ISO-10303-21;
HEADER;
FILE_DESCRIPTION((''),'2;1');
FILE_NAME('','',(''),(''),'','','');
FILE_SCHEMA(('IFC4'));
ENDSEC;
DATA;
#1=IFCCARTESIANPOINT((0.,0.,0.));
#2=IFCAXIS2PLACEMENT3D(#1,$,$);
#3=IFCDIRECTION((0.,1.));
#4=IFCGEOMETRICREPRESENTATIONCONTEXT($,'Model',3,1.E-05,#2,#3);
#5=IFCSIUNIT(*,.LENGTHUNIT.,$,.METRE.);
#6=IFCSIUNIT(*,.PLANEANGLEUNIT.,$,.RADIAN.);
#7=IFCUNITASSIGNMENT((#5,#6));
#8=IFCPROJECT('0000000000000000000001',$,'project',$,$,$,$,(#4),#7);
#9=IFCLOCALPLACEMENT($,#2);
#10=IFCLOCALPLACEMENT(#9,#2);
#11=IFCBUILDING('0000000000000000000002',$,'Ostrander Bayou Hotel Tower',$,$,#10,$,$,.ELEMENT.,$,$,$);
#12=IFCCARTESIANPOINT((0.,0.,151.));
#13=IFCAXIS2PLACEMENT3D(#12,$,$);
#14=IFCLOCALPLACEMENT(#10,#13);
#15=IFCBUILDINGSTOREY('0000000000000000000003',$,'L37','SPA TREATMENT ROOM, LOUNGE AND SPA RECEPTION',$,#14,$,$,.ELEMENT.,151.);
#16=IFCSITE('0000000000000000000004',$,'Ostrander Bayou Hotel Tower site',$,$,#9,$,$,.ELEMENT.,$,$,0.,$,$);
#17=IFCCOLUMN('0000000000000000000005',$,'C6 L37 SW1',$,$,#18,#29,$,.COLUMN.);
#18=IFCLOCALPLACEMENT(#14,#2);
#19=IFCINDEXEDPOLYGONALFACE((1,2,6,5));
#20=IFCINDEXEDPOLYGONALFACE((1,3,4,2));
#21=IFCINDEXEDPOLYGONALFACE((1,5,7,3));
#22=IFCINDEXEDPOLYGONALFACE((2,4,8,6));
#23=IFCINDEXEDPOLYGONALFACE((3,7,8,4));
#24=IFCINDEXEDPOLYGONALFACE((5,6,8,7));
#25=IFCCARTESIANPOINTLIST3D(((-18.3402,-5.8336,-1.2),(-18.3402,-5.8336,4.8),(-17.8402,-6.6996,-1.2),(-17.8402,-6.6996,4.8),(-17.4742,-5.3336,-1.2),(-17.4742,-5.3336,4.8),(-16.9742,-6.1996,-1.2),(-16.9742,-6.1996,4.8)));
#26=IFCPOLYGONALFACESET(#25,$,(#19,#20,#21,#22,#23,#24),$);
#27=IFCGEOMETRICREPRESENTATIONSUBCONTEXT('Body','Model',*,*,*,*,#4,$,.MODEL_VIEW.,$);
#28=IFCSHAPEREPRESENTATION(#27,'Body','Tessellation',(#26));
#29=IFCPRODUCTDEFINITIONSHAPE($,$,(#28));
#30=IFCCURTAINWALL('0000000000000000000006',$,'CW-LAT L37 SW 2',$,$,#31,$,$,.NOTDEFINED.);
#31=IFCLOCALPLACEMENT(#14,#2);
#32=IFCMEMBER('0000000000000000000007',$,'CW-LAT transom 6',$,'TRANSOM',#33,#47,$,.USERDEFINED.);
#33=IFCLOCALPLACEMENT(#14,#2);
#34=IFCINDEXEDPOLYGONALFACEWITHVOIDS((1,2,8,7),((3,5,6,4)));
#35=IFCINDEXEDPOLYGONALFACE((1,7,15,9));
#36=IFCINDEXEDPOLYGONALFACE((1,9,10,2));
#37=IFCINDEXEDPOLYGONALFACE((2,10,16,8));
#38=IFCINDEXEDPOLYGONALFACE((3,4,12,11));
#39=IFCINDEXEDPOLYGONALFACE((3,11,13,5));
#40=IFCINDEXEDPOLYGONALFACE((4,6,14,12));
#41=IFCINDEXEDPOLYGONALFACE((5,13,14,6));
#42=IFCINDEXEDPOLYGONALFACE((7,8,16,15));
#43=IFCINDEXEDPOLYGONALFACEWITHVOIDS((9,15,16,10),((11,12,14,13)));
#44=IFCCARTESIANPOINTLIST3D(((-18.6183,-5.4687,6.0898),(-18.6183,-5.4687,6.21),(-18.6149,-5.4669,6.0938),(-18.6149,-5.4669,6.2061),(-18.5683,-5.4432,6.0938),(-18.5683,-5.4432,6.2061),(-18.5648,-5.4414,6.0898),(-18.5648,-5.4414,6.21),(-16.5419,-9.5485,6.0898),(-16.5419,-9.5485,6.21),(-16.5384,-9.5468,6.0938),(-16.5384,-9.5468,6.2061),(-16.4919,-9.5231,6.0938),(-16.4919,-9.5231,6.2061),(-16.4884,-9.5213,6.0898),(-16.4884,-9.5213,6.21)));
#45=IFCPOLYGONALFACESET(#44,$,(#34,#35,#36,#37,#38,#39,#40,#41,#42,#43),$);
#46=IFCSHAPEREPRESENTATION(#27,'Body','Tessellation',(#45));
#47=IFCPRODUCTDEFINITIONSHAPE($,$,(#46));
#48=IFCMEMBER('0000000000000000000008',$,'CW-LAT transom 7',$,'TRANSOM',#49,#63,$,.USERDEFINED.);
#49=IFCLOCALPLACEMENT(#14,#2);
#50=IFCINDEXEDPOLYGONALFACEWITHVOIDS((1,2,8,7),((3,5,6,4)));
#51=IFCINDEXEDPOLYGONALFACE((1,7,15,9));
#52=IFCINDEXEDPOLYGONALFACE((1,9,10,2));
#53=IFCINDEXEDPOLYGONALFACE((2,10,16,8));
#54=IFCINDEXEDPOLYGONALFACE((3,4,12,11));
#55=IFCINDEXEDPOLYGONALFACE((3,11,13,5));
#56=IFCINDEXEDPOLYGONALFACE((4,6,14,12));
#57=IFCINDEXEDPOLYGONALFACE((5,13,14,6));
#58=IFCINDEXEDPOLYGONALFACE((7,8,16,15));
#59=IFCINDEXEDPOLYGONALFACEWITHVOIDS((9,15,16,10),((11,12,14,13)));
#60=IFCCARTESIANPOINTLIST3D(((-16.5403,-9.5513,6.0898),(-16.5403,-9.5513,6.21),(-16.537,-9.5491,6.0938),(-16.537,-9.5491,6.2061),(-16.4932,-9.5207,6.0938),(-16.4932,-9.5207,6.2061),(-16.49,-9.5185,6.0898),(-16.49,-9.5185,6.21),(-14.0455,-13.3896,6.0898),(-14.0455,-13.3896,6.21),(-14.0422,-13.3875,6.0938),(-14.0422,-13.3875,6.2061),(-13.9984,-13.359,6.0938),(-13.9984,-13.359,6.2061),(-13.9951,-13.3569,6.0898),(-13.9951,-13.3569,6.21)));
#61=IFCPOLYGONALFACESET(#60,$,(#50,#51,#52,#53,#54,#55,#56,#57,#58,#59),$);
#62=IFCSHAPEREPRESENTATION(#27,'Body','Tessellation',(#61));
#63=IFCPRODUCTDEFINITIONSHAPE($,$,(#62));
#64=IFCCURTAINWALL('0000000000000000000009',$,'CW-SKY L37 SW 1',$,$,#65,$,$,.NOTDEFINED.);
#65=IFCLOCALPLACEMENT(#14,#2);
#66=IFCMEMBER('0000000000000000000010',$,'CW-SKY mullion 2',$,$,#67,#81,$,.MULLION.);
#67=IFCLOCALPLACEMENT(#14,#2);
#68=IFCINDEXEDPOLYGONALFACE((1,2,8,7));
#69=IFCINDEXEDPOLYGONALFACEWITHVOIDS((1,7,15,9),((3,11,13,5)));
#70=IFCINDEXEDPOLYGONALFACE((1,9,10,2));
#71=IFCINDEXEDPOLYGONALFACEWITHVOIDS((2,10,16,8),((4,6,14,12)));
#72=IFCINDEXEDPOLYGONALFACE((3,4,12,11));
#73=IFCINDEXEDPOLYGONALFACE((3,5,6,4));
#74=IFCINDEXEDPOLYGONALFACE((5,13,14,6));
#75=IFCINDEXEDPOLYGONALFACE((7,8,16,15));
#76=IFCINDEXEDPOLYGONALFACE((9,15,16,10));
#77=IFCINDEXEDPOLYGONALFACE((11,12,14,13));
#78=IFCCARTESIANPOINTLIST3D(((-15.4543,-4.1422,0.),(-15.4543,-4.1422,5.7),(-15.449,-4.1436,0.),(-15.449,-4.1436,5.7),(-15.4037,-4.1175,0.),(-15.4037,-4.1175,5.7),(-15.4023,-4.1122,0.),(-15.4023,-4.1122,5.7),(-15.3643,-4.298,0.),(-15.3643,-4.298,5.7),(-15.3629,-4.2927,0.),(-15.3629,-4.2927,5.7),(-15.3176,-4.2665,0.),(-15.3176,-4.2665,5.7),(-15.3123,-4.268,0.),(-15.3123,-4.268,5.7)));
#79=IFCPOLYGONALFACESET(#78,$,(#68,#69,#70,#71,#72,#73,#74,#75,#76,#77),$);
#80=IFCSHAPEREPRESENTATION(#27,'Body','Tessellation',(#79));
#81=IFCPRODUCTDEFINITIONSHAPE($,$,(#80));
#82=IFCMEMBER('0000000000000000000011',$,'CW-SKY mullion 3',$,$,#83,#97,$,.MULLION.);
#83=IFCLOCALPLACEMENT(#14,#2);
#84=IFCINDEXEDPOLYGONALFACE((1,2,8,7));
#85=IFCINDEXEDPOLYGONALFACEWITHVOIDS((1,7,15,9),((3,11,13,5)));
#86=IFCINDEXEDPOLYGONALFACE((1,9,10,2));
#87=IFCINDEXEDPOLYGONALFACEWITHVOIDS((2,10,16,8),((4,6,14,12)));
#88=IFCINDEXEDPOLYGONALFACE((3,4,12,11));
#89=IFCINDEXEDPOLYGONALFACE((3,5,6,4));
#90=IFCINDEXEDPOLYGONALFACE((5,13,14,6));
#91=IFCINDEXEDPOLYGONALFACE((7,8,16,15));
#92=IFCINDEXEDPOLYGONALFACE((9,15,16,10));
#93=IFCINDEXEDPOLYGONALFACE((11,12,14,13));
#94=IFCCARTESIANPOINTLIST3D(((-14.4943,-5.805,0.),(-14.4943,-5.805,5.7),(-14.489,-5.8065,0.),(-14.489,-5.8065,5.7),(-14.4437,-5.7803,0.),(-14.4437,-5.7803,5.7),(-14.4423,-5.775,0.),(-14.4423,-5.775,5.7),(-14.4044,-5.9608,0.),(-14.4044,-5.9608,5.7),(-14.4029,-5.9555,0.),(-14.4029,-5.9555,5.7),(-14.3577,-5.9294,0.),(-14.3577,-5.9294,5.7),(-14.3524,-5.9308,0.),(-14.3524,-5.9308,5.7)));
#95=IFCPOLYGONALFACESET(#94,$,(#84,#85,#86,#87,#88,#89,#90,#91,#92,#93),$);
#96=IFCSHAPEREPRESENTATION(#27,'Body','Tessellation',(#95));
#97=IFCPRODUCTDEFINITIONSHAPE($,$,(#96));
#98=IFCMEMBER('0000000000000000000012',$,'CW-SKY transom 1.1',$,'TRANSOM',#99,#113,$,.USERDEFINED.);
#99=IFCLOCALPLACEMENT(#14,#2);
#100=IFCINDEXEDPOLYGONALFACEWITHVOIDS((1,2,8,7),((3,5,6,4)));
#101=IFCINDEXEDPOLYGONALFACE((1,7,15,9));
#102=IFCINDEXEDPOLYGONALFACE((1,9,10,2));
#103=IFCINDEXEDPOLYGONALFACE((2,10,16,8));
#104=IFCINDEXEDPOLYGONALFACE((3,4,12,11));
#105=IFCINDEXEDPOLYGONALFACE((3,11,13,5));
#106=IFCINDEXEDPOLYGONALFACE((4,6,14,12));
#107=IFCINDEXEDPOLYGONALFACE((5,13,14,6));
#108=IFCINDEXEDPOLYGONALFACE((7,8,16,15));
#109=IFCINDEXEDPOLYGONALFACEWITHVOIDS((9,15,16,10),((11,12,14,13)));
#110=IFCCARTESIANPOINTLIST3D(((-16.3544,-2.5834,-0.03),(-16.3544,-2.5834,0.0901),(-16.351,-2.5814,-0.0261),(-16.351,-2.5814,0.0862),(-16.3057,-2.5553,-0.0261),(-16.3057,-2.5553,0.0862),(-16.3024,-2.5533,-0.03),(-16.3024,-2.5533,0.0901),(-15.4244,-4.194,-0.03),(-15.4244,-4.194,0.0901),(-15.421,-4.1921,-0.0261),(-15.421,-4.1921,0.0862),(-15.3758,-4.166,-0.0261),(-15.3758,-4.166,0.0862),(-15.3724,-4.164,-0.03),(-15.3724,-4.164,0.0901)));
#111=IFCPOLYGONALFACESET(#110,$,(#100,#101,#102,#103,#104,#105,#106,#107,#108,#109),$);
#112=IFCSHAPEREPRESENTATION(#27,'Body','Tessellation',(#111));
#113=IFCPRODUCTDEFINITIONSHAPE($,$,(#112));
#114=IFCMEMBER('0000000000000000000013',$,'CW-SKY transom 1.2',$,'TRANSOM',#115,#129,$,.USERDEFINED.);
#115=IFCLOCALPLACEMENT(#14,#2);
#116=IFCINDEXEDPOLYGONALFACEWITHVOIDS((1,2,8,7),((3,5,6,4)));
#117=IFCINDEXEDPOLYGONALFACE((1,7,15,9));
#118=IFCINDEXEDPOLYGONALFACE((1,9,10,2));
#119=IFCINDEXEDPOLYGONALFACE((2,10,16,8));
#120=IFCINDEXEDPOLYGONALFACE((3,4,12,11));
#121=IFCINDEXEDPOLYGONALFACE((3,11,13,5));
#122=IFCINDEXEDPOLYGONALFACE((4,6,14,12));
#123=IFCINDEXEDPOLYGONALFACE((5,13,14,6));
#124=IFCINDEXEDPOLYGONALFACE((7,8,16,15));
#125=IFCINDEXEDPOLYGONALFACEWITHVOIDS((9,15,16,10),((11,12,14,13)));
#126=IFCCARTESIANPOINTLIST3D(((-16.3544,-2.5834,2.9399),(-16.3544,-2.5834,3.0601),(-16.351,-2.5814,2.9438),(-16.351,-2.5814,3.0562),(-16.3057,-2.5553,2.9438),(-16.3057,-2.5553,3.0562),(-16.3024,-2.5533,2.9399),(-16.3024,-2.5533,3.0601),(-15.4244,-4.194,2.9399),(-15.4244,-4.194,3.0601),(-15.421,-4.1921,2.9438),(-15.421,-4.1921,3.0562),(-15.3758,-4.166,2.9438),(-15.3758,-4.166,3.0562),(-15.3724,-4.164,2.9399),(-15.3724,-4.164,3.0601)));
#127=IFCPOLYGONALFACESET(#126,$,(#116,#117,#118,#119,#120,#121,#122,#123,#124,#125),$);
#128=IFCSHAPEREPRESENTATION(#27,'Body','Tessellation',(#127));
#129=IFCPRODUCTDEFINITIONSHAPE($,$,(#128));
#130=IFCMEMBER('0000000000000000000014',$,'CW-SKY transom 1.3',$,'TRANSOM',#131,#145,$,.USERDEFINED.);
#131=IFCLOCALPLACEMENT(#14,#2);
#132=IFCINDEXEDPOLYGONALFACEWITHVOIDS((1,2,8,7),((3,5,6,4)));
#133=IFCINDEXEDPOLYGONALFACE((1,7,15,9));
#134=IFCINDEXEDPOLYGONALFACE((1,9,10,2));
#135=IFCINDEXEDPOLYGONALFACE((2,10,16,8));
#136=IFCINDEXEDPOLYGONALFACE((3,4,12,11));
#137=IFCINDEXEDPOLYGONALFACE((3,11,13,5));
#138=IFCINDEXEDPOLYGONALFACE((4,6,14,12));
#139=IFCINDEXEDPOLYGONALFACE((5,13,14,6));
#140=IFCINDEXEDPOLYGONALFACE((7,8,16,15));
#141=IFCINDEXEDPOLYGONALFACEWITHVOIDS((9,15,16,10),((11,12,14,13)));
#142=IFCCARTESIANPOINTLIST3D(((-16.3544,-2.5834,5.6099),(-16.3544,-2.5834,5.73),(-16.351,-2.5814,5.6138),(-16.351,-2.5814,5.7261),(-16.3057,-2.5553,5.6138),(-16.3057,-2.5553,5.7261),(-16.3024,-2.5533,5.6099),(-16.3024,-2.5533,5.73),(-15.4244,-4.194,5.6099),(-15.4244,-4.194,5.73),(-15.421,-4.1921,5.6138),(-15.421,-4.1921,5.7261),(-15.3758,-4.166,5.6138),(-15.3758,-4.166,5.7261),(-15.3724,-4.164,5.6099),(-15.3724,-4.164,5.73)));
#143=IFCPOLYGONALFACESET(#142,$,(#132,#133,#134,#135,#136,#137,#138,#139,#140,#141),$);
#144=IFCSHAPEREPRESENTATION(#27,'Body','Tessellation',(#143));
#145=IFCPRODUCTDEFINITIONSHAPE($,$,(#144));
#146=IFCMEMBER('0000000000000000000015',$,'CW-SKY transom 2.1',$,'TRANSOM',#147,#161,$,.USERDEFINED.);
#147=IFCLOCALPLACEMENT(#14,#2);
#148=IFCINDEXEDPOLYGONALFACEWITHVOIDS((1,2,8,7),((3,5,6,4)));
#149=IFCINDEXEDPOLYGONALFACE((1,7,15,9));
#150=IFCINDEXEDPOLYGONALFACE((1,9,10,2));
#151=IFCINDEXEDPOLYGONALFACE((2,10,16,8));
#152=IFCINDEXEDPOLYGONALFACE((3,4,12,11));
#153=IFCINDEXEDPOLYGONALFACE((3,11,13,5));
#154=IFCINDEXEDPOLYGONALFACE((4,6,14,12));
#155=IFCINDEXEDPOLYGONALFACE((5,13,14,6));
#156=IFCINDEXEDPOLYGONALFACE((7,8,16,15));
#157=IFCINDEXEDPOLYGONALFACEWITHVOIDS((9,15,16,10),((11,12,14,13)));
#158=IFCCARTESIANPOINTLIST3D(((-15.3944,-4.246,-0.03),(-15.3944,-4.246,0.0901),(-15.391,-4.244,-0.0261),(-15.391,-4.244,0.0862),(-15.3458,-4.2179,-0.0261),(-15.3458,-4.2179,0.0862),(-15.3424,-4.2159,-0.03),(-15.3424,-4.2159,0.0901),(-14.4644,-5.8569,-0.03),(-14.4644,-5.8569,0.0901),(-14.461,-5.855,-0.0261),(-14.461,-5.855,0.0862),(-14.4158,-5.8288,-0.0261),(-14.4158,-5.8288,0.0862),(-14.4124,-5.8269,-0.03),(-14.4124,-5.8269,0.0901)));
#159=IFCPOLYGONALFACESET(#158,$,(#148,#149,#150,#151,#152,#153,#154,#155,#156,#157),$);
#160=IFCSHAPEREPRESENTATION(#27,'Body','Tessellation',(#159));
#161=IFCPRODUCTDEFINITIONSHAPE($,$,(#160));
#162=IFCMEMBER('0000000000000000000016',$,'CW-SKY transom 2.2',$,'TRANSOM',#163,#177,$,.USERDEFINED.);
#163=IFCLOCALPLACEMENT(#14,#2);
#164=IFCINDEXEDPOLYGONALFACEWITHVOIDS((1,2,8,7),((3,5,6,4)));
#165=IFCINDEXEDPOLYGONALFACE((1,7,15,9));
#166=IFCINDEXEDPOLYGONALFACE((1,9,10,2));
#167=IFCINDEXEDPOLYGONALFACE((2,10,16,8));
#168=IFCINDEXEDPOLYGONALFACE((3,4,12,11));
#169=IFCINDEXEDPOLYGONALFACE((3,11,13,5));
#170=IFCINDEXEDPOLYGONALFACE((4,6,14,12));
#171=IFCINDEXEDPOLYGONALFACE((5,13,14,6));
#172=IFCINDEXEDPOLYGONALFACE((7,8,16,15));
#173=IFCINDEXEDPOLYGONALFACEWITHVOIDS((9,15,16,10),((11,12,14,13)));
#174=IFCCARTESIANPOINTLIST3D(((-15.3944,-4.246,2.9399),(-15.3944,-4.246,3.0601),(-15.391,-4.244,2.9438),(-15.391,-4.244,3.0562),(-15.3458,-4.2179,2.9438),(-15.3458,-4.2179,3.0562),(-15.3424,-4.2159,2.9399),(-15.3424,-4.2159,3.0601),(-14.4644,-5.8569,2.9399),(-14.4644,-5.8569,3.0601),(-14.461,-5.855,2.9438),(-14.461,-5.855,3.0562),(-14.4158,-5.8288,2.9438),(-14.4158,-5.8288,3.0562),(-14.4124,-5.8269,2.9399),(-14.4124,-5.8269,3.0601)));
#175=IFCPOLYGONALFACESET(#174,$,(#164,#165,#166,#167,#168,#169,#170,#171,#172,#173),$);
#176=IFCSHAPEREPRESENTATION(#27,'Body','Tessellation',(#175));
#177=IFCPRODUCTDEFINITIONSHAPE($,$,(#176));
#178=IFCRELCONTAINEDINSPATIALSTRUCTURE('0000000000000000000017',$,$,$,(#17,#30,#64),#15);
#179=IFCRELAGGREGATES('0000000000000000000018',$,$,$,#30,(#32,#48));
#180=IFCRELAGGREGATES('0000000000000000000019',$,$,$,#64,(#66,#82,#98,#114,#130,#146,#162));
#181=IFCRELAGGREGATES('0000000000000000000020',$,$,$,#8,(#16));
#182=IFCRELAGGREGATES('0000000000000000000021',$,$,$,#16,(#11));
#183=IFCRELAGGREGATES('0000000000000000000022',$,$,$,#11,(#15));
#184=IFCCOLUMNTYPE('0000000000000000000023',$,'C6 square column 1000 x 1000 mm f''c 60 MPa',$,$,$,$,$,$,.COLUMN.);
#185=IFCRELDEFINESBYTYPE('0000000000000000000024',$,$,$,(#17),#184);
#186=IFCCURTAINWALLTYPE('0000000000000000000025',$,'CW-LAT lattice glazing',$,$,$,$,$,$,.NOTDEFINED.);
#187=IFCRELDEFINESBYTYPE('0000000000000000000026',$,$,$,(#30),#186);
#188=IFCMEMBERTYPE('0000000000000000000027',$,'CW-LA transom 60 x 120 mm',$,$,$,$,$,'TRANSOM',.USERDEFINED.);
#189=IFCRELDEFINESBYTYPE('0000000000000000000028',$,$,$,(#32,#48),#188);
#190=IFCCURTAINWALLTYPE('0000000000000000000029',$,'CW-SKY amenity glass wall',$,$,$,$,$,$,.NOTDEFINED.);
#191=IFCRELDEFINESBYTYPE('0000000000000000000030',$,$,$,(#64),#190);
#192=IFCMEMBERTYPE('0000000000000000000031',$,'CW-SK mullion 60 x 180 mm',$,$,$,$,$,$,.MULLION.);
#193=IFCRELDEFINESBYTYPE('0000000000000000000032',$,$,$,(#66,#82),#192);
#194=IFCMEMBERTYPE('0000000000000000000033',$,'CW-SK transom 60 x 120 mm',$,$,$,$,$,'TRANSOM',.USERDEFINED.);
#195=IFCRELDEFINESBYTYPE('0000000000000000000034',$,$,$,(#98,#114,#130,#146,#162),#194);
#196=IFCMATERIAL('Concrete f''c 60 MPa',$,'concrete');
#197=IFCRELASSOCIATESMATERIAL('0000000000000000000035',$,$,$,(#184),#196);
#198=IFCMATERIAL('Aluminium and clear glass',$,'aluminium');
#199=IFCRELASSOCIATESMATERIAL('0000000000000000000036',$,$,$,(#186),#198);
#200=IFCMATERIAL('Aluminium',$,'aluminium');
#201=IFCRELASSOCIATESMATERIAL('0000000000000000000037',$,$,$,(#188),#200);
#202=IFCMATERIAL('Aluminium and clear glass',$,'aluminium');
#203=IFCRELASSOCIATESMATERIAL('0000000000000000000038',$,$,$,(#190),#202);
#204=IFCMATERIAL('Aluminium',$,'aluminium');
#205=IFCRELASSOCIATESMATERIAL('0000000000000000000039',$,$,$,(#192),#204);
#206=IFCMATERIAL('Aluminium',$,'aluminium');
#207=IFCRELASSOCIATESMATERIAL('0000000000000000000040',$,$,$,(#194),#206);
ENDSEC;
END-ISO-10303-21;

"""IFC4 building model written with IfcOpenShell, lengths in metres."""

from ifc_helpers import new_model, si_unit, direction, frame, origin, origin_2d, place, context, subcontext, project, spatial, rectangle, hollow_rectangle, extrude, material, material_profile, profile_set, type_object, element, aggregate, save


model = new_model("IFC4")

# Units and contexts
model_context = context("Model", 3, precision=1e-05, world=origin(), true_north=direction((0.0, 1.0)))
body_context = subcontext(model_context, "Body", "Model", "MODEL_VIEW")
ifc_project = project(units=[si_unit("LENGTHUNIT", "METRE"), si_unit("PLANEANGLEUNIT", "RADIAN")], contexts=[model_context])

# Site, building, storey
site_placement = place(None, origin())
site = spatial("IfcSite", under=ifc_project, at=site_placement, Name="Ostrander Bayou Hotel Tower site", CompositionType="ELEMENT", RefElevation=0.0)
building_placement = place(site_placement, origin())
building = spatial("IfcBuilding", under=site, at=building_placement, Name="Ostrander Bayou Hotel Tower", CompositionType="ELEMENT")
storey_placement = place(building_placement, frame((0.0, 0.0, 151.0)))
storey = spatial("IfcBuildingStorey", under=building, at=storey_placement, Name="L37", Description="SPA TREATMENT ROOM, LOUNGE AND SPA RECEPTION", CompositionType="ELEMENT", Elevation=151.0)

# Column
ifc_material_1 = material(Name="Concrete f'c 60 MPa", Category="concrete")
ifc_material_profile_1 = material_profile(ifc_material_1, rectangle(XDim=1.0, YDim=1.0, at=origin_2d()))
ifc_profile_set_1 = profile_set([ifc_material_profile_1], Name="Concrete f'c 60 MPa")
column_type = type_object("IfcColumnType", Name="C6 square column 1000 x 1000 mm f'c 60 MPa", PredefinedType="COLUMN", material=ifc_profile_set_1)
column_placement = place(storey_placement, frame((-17.6572, -6.0166, -1.2), z_axis=(0.0, 0.0, 1.0), x_axis=(-0.5, 0.866025, 0.0)))
element("IfcColumn", 1, at=column_placement, inside=storey, type_object=column_type, Name="C6 L37 SW1", PredefinedType="COLUMN", context=body_context, shape_type="SweptSolid", body=[
    extrude(rectangle(XDim=1.0, YDim=1.0, at=origin_2d()), origin(), (0.0, 0.0, 1.0), 6.0),
])

# Curtain walls, members
ifc_material_2 = material(Name="Aluminium and clear glass", Category="aluminium")
curtain_wall_type_1 = type_object("IfcCurtainWallType", Name="CW-LAT lattice glazing", PredefinedType="NOTDEFINED", material=ifc_material_2)
curtain_wall_1_placement = place(storey_placement, origin())
curtain_wall_1 = element("IfcCurtainWall", 2, at=curtain_wall_1_placement, inside=storey, type_object=curtain_wall_type_1, Name="CW-LAT L37 SW 2", PredefinedType="NOTDEFINED")
ifc_material_3 = material(Name="Aluminium", Category="aluminium")
ifc_material_profile_2 = material_profile(ifc_material_3, hollow_rectangle(XDim=0.0601, YDim=0.1201, WallThickness=0.0039, at=origin_2d()))
ifc_profile_set_2 = profile_set([ifc_material_profile_2], Name="Aluminium")
member_type_1 = type_object("IfcMemberType", Name="CW-LA transom 60 x 120 mm", ElementType="TRANSOM", PredefinedType="USERDEFINED", material=ifc_profile_set_2)
member_1_placement = place(storey_placement, frame((-16.5151, -9.5349, 6.1499), z_axis=(-0.453581, 0.891215, 0.0), x_axis=(-0.891215, -0.453581, 0.0)))
member_1 = element("IfcMember", 3, at=member_1_placement, type_object=member_type_1, Name="CW-LAT transom 6", ObjectType="TRANSOM", PredefinedType="USERDEFINED", context=body_context, shape_type="SweptSolid", body=[
    extrude(hollow_rectangle(XDim=0.0601, YDim=0.1201, WallThickness=0.0039, at=origin_2d()), origin(), (0.0, 0.0, 1.0), 4.5779),
])
member_2_placement = place(storey_placement, frame((-16.5151, -9.5349, 6.1499), z_axis=(0.544977, -0.838451, 0.0), x_axis=(0.838451, 0.544977, 0.0)))
member_2 = element("IfcMember", 4, at=member_2_placement, type_object=member_type_1, Name="CW-LAT transom 7", ObjectType="TRANSOM", PredefinedType="USERDEFINED", context=body_context, shape_type="SweptSolid", body=[
    extrude(hollow_rectangle(XDim=0.0601, YDim=0.1201, WallThickness=0.0039, at=origin_2d()), origin(), (0.0, 0.0, 1.0), 4.5779),
])
ifc_material_4 = material(Name="Aluminium and clear glass", Category="aluminium")
curtain_wall_type_2 = type_object("IfcCurtainWallType", Name="CW-SKY amenity glass wall", PredefinedType="NOTDEFINED", material=ifc_material_4)
curtain_wall_2_placement = place(storey_placement, origin())
curtain_wall_2 = element("IfcCurtainWall", 5, at=curtain_wall_2_placement, inside=storey, type_object=curtain_wall_type_2, Name="CW-SKY L37 SW 1", PredefinedType="NOTDEFINED")
ifc_material_5 = material(Name="Aluminium", Category="aluminium")
ifc_material_profile_3 = material_profile(ifc_material_5, hollow_rectangle(XDim=0.0601, YDim=0.1799, WallThickness=0.0039, at=origin_2d()))
ifc_profile_set_3 = profile_set([ifc_material_profile_3], Name="Aluminium")
member_type_2 = type_object("IfcMemberType", Name="CW-SK mullion 60 x 180 mm", PredefinedType="MULLION", material=ifc_profile_set_3)
member_3_placement = place(storey_placement, frame((-15.3833, -4.2051, 0.0), z_axis=(0.0, 0.0, 1.0), x_axis=(0.866025, 0.5, 0.0)))
member_3 = element("IfcMember", 6, at=member_3_placement, type_object=member_type_2, Name="CW-SKY mullion 2", PredefinedType="MULLION", context=body_context, shape_type="SweptSolid", body=[
    extrude(hollow_rectangle(XDim=0.0601, YDim=0.1799, WallThickness=0.0039, at=origin_2d()), origin(), (0.0, 0.0, 1.0), 5.7),
])
member_4_placement = place(storey_placement, frame((-14.4233, -5.8679, 0.0), z_axis=(0.0, 0.0, 1.0), x_axis=(0.866025, 0.5, 0.0)))
member_4 = element("IfcMember", 7, at=member_4_placement, type_object=member_type_2, Name="CW-SKY mullion 3", PredefinedType="MULLION", context=body_context, shape_type="SweptSolid", body=[
    extrude(hollow_rectangle(XDim=0.0601, YDim=0.1799, WallThickness=0.0039, at=origin_2d()), origin(), (0.0, 0.0, 1.0), 5.7),
])
ifc_material_6 = material(Name="Aluminium", Category="aluminium")
ifc_material_profile_4 = material_profile(ifc_material_6, hollow_rectangle(XDim=0.0601, YDim=0.1201, WallThickness=0.0039, at=origin_2d()))
ifc_profile_set_4 = profile_set([ifc_material_profile_4], Name="Aluminium")
member_type_3 = type_object("IfcMemberType", Name="CW-SK transom 60 x 120 mm", ElementType="TRANSOM", PredefinedType="USERDEFINED", material=ifc_profile_set_4)
member_5_placement = place(storey_placement, frame((-16.3284, -2.5684, 0.03), z_axis=(0.500022, -0.866013, 0.0), x_axis=(0.866013, 0.500022, 0.0)))
member_5 = element("IfcMember", 8, at=member_5_placement, type_object=member_type_3, Name="CW-SKY transom 1.1", ObjectType="TRANSOM", PredefinedType="USERDEFINED", context=body_context, shape_type="SweptSolid", body=[
    extrude(hollow_rectangle(XDim=0.0601, YDim=0.1201, WallThickness=0.0039, at=origin_2d()), origin(), (0.0, 0.0, 1.0), 1.8599),
])
member_6_placement = place(storey_placement, frame((-16.3284, -2.5684, 3.0), z_axis=(0.500022, -0.866013, 0.0), x_axis=(0.866013, 0.500022, 0.0)))
member_6 = element("IfcMember", 9, at=member_6_placement, type_object=member_type_3, Name="CW-SKY transom 1.2", ObjectType="TRANSOM", PredefinedType="USERDEFINED", context=body_context, shape_type="SweptSolid", body=[
    extrude(hollow_rectangle(XDim=0.0601, YDim=0.1201, WallThickness=0.0039, at=origin_2d()), origin(), (0.0, 0.0, 1.0), 1.8599),
])
member_7_placement = place(storey_placement, frame((-16.3284, -2.5684, 5.6699), z_axis=(0.500022, -0.866013, 0.0), x_axis=(0.866013, 0.500022, 0.0)))
member_7 = element("IfcMember", 10, at=member_7_placement, type_object=member_type_3, Name="CW-SKY transom 1.3", ObjectType="TRANSOM", PredefinedType="USERDEFINED", context=body_context, shape_type="SweptSolid", body=[
    extrude(hollow_rectangle(XDim=0.0601, YDim=0.1201, WallThickness=0.0039, at=origin_2d()), origin(), (0.0, 0.0, 1.0), 1.8599),
])
member_8_placement = place(storey_placement, frame((-15.3684, -4.231, 0.03), z_axis=(0.499965, -0.866046, 0.0), x_axis=(0.866046, 0.499965, 0.0)))
member_8 = element("IfcMember", 11, at=member_8_placement, type_object=member_type_3, Name="CW-SKY transom 2.1", ObjectType="TRANSOM", PredefinedType="USERDEFINED", context=body_context, shape_type="SweptSolid", body=[
    extrude(hollow_rectangle(XDim=0.0601, YDim=0.1201, WallThickness=0.0039, at=origin_2d()), origin(), (0.0, 0.0, 1.0), 1.8601),
])
member_9_placement = place(storey_placement, frame((-15.3684, -4.231, 3.0), z_axis=(0.499965, -0.866046, 0.0), x_axis=(0.866046, 0.499965, 0.0)))
member_9 = element("IfcMember", 12, at=member_9_placement, type_object=member_type_3, Name="CW-SKY transom 2.2", ObjectType="TRANSOM", PredefinedType="USERDEFINED", context=body_context, shape_type="SweptSolid", body=[
    extrude(hollow_rectangle(XDim=0.0601, YDim=0.1201, WallThickness=0.0039, at=origin_2d()), origin(), (0.0, 0.0, 1.0), 1.8601),
])

aggregate(curtain_wall_1, [member_1, member_2])
aggregate(curtain_wall_2, [member_3, member_4, member_5, member_6, member_7, member_8, member_9])

save(model, "model.ifc")
